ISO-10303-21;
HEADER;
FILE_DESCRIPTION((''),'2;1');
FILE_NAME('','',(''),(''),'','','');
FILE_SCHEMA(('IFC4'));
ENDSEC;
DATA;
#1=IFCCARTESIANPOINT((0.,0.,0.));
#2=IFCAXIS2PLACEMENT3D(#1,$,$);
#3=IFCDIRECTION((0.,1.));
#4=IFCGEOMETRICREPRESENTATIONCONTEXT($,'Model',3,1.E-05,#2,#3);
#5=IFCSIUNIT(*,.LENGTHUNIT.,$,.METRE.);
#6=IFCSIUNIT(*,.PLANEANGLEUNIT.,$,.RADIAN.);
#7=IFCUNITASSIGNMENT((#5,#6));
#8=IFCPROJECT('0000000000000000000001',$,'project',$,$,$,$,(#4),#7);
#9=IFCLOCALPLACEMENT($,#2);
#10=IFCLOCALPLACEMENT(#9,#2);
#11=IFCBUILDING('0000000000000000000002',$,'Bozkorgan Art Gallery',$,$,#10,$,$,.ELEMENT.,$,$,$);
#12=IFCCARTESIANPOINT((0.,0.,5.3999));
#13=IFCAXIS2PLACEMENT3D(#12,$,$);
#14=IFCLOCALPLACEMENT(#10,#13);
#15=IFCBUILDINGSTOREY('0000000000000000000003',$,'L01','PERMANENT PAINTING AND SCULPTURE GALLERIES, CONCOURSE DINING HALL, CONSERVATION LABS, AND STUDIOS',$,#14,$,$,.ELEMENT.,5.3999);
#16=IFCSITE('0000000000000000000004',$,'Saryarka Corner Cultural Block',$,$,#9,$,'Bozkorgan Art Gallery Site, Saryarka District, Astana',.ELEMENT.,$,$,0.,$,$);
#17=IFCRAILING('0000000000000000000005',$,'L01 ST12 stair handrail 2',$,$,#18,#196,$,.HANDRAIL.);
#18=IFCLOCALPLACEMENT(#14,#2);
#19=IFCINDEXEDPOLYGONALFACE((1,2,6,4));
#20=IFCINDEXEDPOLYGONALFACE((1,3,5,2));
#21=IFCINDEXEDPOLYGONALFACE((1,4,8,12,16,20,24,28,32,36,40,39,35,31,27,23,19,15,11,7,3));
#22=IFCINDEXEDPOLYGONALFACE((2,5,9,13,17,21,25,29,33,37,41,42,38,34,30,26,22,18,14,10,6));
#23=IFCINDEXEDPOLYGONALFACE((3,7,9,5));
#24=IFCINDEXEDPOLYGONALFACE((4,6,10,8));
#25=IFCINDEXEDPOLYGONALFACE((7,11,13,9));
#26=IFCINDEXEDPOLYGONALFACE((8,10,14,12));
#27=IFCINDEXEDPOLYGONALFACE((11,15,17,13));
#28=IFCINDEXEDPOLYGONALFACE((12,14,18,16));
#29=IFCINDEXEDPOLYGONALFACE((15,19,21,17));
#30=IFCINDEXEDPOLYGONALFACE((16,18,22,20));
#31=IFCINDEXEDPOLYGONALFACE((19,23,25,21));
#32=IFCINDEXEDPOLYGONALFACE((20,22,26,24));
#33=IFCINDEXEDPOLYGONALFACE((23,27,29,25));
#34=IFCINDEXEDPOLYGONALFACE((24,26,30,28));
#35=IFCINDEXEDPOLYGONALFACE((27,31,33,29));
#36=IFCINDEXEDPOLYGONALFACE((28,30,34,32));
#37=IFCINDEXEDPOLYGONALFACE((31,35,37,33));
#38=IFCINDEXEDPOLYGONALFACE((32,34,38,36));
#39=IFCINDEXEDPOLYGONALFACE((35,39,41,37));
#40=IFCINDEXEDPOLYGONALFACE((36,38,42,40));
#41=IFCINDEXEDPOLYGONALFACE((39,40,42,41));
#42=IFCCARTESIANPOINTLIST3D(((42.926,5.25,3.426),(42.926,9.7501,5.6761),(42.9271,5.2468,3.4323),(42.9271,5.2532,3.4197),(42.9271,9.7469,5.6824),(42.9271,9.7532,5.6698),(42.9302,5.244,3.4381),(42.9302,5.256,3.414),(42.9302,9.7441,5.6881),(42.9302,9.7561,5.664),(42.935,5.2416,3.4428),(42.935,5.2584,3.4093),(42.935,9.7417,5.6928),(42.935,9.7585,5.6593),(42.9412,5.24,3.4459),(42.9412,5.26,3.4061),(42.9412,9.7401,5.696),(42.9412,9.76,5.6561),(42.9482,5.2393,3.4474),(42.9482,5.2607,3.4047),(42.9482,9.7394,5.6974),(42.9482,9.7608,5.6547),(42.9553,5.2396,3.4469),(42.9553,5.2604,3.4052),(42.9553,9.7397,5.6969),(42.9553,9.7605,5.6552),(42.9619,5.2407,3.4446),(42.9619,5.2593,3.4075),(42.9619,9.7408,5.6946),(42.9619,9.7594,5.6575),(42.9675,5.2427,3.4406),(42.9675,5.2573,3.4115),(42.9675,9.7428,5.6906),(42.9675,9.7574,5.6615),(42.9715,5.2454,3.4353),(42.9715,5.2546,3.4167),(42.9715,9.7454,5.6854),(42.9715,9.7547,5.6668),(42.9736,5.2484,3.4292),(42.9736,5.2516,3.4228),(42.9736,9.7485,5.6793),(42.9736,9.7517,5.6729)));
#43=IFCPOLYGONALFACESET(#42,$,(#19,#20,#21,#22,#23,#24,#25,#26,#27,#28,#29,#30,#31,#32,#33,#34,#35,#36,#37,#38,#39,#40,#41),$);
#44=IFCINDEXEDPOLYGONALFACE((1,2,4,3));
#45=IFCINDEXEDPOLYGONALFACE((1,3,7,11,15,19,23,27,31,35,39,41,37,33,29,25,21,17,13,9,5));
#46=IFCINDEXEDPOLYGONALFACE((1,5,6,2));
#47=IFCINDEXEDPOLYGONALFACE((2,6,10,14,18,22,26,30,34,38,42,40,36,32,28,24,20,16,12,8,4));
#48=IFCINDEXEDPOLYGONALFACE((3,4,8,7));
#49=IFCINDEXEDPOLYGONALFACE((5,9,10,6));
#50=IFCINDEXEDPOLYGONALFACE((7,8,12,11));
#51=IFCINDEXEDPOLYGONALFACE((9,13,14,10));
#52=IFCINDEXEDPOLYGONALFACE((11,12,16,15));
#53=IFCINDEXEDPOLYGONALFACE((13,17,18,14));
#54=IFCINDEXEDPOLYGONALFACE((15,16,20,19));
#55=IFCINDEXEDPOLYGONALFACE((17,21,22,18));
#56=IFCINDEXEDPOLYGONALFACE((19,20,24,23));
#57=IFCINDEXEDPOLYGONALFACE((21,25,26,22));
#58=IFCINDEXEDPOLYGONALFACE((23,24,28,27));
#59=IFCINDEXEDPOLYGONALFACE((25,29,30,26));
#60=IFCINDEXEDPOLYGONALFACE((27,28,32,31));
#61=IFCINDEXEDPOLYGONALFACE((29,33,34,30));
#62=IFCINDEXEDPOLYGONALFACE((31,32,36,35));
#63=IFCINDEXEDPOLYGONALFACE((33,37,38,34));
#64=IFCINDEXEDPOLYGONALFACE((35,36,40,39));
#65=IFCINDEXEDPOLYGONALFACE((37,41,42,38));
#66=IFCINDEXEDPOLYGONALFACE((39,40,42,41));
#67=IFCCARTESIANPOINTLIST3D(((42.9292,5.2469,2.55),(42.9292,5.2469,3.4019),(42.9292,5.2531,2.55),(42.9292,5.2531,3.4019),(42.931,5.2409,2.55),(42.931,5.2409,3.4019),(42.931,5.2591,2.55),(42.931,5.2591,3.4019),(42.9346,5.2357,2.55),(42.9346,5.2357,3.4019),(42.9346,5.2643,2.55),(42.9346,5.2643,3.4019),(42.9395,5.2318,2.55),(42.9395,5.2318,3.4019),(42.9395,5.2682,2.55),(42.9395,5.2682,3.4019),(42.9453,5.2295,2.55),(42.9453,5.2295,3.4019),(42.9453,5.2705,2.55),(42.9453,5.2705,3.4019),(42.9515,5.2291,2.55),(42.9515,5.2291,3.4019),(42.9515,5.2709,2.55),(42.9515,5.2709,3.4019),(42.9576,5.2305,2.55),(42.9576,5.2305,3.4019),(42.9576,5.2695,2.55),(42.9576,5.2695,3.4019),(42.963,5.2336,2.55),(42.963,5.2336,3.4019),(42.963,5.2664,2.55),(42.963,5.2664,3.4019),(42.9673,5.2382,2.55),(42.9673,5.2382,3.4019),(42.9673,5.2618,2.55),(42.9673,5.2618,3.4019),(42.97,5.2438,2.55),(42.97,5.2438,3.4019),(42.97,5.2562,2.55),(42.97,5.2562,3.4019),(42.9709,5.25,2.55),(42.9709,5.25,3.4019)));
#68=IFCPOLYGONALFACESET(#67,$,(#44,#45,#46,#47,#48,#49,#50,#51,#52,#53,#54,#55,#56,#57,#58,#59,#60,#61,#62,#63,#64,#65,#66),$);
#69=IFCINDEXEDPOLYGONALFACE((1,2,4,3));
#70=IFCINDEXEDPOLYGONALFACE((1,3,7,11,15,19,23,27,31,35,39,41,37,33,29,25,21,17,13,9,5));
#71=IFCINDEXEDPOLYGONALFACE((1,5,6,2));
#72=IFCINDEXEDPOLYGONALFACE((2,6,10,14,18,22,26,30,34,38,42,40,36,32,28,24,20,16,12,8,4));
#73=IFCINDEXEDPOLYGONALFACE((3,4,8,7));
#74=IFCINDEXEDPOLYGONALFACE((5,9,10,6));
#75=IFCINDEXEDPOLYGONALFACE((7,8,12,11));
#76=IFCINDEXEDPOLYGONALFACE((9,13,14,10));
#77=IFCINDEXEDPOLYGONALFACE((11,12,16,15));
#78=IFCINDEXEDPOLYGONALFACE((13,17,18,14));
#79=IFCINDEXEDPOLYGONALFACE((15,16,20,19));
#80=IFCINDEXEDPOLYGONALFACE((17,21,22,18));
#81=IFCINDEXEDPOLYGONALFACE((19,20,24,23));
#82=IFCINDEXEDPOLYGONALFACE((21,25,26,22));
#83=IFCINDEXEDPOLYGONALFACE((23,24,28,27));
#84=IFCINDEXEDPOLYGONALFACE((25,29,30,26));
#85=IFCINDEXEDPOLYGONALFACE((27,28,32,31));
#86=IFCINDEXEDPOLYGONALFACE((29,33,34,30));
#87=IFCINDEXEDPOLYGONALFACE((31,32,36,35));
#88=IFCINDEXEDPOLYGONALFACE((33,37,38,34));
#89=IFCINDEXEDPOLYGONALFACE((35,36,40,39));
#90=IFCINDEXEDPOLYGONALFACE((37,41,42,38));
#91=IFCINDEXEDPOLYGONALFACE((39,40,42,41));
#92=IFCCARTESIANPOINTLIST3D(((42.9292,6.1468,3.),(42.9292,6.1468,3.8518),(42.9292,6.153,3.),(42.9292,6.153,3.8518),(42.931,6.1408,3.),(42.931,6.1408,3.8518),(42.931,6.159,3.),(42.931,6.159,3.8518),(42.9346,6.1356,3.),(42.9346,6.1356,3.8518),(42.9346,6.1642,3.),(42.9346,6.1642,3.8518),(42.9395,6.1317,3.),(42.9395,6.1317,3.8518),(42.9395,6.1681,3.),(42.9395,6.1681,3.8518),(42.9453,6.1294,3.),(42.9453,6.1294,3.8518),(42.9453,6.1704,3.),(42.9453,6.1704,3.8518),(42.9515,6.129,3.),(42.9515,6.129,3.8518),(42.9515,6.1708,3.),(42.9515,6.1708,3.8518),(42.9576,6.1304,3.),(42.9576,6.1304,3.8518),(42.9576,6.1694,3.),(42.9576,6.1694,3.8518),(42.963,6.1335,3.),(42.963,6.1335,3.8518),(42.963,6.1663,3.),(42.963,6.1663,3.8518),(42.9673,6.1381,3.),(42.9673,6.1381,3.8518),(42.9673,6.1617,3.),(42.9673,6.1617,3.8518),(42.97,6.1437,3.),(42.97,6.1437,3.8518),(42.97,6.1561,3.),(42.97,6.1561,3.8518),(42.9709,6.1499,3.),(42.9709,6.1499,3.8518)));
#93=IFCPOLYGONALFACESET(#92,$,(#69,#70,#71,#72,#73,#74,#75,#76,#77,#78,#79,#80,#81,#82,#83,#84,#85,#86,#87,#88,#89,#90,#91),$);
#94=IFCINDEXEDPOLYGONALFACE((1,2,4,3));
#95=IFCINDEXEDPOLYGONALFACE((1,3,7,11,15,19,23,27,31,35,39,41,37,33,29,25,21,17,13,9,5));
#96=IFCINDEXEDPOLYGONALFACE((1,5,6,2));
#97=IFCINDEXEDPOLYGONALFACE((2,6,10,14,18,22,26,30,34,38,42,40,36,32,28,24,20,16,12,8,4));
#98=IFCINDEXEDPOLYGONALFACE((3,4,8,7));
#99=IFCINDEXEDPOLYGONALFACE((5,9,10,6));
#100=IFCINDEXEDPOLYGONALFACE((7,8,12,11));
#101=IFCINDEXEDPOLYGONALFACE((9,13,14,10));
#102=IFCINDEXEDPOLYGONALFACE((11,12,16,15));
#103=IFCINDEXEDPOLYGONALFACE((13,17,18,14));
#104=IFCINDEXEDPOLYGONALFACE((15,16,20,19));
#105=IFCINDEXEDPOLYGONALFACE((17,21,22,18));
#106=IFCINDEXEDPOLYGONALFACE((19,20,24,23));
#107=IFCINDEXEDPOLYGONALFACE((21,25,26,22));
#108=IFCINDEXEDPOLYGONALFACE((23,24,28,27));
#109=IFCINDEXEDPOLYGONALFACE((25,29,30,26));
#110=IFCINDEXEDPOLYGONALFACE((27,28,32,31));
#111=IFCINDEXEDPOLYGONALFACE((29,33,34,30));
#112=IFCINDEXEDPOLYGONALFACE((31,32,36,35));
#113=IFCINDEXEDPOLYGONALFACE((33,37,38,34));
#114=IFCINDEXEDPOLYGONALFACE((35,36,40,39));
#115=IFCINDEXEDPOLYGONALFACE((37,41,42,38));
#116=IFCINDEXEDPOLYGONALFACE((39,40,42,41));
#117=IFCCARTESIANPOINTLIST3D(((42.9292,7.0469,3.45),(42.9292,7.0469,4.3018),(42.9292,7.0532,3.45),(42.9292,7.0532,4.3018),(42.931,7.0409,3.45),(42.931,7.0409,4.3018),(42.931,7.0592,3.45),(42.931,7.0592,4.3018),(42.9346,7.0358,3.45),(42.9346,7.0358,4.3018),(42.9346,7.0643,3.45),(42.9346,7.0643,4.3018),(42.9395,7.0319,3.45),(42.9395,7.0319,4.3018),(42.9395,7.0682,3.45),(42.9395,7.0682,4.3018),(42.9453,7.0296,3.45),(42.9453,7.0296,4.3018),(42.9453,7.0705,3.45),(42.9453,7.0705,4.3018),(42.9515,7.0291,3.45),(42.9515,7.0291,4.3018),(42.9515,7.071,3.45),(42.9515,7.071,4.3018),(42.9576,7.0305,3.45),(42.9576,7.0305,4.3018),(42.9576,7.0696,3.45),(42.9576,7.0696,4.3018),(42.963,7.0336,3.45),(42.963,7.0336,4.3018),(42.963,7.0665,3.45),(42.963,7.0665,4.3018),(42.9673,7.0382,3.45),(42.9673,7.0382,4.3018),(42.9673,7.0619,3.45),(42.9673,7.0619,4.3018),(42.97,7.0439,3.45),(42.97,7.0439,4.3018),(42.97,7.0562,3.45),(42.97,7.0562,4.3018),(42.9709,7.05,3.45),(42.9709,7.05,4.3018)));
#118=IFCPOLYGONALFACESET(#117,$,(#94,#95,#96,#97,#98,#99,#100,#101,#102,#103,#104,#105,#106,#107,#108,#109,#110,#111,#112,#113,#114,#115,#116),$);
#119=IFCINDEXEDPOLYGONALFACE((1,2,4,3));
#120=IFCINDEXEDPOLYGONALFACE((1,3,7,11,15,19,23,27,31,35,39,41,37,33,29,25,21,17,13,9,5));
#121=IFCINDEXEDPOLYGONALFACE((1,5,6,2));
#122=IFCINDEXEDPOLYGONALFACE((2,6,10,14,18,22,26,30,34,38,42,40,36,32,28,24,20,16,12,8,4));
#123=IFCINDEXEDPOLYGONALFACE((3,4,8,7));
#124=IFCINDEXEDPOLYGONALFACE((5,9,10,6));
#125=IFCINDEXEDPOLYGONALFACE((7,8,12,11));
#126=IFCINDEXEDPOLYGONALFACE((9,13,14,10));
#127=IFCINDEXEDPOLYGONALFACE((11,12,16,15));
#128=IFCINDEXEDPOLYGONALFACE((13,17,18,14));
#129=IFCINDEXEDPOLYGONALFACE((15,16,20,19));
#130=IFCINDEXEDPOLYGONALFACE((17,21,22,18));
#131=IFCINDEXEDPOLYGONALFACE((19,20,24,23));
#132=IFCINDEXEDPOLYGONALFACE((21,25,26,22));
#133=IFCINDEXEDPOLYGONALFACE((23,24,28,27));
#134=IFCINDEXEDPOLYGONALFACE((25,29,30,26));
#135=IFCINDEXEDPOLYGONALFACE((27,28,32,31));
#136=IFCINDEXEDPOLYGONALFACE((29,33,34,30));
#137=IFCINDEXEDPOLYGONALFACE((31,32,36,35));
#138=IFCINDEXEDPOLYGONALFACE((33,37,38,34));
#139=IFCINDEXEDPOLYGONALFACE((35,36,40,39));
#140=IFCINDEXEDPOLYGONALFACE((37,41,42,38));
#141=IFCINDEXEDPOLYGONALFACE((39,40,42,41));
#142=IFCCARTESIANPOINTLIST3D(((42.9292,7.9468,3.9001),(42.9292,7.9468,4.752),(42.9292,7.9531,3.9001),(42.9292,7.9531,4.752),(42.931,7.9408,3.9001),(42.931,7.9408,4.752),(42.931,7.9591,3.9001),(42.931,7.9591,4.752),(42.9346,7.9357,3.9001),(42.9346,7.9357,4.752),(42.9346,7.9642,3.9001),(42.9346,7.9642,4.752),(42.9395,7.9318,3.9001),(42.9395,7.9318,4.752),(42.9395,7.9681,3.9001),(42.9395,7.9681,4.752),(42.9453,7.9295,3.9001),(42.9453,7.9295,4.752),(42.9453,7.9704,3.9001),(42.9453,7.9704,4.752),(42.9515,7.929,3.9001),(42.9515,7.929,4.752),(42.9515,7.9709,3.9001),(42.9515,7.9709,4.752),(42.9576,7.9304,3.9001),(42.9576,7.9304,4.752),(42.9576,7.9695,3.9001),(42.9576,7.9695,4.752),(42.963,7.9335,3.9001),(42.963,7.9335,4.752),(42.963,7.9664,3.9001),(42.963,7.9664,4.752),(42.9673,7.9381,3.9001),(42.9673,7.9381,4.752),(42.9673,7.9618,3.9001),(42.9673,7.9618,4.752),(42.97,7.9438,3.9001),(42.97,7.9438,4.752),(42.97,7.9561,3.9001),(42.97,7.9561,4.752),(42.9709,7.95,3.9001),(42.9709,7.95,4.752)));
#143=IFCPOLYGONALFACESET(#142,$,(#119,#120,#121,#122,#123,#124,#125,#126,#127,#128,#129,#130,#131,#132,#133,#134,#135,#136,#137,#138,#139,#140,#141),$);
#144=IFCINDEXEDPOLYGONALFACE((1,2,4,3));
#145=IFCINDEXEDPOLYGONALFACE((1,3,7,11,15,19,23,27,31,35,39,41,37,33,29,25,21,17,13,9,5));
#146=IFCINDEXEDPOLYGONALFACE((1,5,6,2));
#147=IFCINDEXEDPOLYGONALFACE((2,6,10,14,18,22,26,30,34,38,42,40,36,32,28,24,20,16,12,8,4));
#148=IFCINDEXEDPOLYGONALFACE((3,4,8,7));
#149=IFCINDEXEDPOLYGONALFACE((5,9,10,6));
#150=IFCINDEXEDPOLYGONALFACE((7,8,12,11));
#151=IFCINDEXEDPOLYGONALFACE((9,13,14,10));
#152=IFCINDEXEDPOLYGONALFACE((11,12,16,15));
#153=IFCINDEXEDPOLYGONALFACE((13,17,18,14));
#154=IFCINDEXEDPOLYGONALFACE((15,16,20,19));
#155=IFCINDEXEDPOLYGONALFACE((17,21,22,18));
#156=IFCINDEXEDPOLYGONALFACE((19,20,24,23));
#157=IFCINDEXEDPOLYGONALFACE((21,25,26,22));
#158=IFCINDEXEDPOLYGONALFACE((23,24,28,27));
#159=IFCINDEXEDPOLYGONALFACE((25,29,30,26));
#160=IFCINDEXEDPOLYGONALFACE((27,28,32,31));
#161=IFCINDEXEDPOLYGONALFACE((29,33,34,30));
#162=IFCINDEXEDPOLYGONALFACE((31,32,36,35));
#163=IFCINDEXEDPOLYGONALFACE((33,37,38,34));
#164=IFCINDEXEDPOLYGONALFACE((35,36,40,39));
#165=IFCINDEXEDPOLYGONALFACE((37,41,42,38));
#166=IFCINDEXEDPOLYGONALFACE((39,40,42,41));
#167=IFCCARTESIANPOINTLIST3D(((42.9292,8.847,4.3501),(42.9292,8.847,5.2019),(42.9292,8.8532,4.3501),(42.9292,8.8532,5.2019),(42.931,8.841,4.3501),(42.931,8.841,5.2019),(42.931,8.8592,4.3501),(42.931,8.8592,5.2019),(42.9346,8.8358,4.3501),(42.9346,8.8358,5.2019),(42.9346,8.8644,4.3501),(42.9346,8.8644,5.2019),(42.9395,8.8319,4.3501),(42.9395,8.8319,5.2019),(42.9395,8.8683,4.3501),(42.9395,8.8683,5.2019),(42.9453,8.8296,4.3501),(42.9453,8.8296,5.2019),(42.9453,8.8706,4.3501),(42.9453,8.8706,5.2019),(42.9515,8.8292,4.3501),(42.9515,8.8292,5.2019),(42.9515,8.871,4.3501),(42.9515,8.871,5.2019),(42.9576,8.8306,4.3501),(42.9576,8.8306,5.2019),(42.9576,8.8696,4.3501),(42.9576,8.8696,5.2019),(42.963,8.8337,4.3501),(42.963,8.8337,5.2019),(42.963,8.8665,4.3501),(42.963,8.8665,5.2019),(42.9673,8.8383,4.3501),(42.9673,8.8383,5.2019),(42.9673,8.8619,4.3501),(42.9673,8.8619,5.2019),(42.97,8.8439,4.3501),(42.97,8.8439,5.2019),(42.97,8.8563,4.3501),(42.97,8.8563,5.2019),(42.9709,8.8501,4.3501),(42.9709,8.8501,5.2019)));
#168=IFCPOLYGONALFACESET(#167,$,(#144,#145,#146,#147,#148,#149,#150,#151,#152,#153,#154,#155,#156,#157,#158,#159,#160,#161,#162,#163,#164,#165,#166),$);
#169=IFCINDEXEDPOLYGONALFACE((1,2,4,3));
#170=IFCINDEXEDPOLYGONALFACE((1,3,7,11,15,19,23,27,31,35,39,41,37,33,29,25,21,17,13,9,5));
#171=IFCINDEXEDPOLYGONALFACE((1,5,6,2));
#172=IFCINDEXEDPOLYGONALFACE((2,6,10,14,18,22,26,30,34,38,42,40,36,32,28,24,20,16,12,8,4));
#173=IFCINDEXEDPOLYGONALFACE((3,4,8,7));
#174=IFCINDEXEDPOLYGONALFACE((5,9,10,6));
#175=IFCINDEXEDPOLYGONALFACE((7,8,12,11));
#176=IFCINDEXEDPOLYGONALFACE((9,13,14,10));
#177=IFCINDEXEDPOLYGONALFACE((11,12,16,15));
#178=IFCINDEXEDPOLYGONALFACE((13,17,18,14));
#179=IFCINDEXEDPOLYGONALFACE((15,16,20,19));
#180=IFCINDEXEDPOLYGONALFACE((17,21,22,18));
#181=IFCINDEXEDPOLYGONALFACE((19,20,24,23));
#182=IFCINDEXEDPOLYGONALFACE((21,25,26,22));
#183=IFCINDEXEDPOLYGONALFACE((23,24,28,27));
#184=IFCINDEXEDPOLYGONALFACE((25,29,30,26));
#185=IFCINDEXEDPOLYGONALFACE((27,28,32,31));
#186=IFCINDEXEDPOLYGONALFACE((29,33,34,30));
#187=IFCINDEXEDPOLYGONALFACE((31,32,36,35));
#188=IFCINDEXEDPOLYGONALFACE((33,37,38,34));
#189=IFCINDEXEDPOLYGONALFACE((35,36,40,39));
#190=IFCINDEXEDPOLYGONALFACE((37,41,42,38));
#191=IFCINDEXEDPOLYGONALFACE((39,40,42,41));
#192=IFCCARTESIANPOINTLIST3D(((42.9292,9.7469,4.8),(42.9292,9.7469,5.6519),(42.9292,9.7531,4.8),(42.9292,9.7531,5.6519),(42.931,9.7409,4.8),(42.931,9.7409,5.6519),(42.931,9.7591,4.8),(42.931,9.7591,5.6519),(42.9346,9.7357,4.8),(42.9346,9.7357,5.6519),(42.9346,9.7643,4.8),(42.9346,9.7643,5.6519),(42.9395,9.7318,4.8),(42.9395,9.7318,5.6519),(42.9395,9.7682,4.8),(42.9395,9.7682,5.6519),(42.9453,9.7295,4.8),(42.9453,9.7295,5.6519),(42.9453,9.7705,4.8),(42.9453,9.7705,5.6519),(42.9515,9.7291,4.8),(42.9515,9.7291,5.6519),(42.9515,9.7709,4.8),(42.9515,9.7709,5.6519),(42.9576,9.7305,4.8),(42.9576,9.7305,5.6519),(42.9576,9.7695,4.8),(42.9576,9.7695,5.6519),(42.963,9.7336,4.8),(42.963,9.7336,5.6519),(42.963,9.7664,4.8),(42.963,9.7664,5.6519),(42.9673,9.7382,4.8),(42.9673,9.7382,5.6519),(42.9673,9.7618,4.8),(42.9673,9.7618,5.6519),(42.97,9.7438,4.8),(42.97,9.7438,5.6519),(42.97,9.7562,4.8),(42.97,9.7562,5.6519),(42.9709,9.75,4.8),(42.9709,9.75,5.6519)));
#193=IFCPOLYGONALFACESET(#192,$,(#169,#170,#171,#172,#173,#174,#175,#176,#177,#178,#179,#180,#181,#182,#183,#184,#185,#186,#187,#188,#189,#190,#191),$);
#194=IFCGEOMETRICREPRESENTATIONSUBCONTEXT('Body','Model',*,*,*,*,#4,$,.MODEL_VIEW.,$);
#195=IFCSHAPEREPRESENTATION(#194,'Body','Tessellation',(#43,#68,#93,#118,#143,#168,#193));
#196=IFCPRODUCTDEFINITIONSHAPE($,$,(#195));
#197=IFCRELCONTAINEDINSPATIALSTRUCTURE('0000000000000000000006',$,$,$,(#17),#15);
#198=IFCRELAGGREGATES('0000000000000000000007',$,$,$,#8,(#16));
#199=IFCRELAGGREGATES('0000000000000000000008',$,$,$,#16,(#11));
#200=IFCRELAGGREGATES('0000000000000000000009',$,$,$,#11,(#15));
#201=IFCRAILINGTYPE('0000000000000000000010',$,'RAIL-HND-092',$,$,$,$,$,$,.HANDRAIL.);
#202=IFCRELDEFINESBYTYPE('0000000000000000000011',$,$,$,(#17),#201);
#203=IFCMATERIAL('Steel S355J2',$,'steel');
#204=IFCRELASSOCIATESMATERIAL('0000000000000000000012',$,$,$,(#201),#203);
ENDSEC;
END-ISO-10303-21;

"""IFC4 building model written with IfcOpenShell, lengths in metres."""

from ifc_helpers import new_model, si_unit, direction, frame, origin, origin_2d, place, context, subcontext, project, spatial, circle, extrude, material, type_object, element, save


model = new_model("IFC4")

# Units and contexts
model_context = context("Model", 3, precision=1e-05, world=origin(), true_north=direction((0.0, 1.0)))
body_context = subcontext(model_context, "Body", "Model", "MODEL_VIEW")
ifc_project = project(units=[si_unit("LENGTHUNIT", "METRE"), si_unit("PLANEANGLEUNIT", "RADIAN")], contexts=[model_context])

# Site, building, storey
site_placement = place(None, origin())
site = spatial("IfcSite", under=ifc_project, at=site_placement, Name="Saryarka Corner Cultural Block", LongName="Bozkorgan Art Gallery Site, Saryarka District, Astana", CompositionType="ELEMENT", RefElevation=0.0)
building_placement = place(site_placement, origin())
building = spatial("IfcBuilding", under=site, at=building_placement, Name="Bozkorgan Art Gallery", CompositionType="ELEMENT")
storey_placement = place(building_placement, frame((0.0, 0.0, 5.3999)))
storey = spatial("IfcBuildingStorey", under=building, at=storey_placement, Name="L01", Description="PERMANENT PAINTING AND SCULPTURE GALLERIES, CONCOURSE DINING HALL, CONSERVATION LABS, AND STUDIOS", CompositionType="ELEMENT", Elevation=5.3999)

# Shared definitions
ifc_material_1 = material(Name="Steel S355J2", Category="steel")

# Railing
railing_type_1 = type_object("IfcRailingType", Name="RAIL-HND-092", PredefinedType="HANDRAIL", material=ifc_material_1)
railing_1_placement = place(storey_placement, frame((42.95, 5.25, 2.55)))
element("IfcRailing", 1, at=railing_1_placement, inside=storey, type_object=railing_type_1, Name="L01 ST12 stair handrail 2", PredefinedType="HANDRAIL", context=body_context, shape_type="SweptSolid", body=[
    extrude(circle(Radius=0.0239, at=origin_2d()), frame((0.0, 0.0, 0.876), z_axis=(0.0, 0.894427, 0.447214), x_axis=(-1.0, 0.0, 0.0)), (0.0, 0.0, 1.0), 5.0312),
    extrude(circle(Radius=0.021, at=origin_2d()), origin(), (0.0, 0.0, 1.0), 0.8518),
    extrude(circle(Radius=0.021, at=origin_2d()), frame((0.0, 0.8999, 0.45)), (0.0, 0.0, 1.0), 0.8518),
    extrude(circle(Radius=0.021, at=origin_2d()), frame((0.0, 1.8, 0.8999)), (0.0, 0.0, 1.0), 0.8518),
    extrude(circle(Radius=0.021, at=origin_2d()), frame((0.0, 2.7, 1.3501)), (0.0, 0.0, 1.0), 0.8518),
    extrude(circle(Radius=0.021, at=origin_2d()), frame((0.0, 3.6001, 1.8)), (0.0, 0.0, 1.0), 0.8518),
    extrude(circle(Radius=0.021, at=origin_2d()), frame((0.0, 4.5, 2.25)), (0.0, 0.0, 1.0), 0.8518),
])

save(model, "model.ifc")
